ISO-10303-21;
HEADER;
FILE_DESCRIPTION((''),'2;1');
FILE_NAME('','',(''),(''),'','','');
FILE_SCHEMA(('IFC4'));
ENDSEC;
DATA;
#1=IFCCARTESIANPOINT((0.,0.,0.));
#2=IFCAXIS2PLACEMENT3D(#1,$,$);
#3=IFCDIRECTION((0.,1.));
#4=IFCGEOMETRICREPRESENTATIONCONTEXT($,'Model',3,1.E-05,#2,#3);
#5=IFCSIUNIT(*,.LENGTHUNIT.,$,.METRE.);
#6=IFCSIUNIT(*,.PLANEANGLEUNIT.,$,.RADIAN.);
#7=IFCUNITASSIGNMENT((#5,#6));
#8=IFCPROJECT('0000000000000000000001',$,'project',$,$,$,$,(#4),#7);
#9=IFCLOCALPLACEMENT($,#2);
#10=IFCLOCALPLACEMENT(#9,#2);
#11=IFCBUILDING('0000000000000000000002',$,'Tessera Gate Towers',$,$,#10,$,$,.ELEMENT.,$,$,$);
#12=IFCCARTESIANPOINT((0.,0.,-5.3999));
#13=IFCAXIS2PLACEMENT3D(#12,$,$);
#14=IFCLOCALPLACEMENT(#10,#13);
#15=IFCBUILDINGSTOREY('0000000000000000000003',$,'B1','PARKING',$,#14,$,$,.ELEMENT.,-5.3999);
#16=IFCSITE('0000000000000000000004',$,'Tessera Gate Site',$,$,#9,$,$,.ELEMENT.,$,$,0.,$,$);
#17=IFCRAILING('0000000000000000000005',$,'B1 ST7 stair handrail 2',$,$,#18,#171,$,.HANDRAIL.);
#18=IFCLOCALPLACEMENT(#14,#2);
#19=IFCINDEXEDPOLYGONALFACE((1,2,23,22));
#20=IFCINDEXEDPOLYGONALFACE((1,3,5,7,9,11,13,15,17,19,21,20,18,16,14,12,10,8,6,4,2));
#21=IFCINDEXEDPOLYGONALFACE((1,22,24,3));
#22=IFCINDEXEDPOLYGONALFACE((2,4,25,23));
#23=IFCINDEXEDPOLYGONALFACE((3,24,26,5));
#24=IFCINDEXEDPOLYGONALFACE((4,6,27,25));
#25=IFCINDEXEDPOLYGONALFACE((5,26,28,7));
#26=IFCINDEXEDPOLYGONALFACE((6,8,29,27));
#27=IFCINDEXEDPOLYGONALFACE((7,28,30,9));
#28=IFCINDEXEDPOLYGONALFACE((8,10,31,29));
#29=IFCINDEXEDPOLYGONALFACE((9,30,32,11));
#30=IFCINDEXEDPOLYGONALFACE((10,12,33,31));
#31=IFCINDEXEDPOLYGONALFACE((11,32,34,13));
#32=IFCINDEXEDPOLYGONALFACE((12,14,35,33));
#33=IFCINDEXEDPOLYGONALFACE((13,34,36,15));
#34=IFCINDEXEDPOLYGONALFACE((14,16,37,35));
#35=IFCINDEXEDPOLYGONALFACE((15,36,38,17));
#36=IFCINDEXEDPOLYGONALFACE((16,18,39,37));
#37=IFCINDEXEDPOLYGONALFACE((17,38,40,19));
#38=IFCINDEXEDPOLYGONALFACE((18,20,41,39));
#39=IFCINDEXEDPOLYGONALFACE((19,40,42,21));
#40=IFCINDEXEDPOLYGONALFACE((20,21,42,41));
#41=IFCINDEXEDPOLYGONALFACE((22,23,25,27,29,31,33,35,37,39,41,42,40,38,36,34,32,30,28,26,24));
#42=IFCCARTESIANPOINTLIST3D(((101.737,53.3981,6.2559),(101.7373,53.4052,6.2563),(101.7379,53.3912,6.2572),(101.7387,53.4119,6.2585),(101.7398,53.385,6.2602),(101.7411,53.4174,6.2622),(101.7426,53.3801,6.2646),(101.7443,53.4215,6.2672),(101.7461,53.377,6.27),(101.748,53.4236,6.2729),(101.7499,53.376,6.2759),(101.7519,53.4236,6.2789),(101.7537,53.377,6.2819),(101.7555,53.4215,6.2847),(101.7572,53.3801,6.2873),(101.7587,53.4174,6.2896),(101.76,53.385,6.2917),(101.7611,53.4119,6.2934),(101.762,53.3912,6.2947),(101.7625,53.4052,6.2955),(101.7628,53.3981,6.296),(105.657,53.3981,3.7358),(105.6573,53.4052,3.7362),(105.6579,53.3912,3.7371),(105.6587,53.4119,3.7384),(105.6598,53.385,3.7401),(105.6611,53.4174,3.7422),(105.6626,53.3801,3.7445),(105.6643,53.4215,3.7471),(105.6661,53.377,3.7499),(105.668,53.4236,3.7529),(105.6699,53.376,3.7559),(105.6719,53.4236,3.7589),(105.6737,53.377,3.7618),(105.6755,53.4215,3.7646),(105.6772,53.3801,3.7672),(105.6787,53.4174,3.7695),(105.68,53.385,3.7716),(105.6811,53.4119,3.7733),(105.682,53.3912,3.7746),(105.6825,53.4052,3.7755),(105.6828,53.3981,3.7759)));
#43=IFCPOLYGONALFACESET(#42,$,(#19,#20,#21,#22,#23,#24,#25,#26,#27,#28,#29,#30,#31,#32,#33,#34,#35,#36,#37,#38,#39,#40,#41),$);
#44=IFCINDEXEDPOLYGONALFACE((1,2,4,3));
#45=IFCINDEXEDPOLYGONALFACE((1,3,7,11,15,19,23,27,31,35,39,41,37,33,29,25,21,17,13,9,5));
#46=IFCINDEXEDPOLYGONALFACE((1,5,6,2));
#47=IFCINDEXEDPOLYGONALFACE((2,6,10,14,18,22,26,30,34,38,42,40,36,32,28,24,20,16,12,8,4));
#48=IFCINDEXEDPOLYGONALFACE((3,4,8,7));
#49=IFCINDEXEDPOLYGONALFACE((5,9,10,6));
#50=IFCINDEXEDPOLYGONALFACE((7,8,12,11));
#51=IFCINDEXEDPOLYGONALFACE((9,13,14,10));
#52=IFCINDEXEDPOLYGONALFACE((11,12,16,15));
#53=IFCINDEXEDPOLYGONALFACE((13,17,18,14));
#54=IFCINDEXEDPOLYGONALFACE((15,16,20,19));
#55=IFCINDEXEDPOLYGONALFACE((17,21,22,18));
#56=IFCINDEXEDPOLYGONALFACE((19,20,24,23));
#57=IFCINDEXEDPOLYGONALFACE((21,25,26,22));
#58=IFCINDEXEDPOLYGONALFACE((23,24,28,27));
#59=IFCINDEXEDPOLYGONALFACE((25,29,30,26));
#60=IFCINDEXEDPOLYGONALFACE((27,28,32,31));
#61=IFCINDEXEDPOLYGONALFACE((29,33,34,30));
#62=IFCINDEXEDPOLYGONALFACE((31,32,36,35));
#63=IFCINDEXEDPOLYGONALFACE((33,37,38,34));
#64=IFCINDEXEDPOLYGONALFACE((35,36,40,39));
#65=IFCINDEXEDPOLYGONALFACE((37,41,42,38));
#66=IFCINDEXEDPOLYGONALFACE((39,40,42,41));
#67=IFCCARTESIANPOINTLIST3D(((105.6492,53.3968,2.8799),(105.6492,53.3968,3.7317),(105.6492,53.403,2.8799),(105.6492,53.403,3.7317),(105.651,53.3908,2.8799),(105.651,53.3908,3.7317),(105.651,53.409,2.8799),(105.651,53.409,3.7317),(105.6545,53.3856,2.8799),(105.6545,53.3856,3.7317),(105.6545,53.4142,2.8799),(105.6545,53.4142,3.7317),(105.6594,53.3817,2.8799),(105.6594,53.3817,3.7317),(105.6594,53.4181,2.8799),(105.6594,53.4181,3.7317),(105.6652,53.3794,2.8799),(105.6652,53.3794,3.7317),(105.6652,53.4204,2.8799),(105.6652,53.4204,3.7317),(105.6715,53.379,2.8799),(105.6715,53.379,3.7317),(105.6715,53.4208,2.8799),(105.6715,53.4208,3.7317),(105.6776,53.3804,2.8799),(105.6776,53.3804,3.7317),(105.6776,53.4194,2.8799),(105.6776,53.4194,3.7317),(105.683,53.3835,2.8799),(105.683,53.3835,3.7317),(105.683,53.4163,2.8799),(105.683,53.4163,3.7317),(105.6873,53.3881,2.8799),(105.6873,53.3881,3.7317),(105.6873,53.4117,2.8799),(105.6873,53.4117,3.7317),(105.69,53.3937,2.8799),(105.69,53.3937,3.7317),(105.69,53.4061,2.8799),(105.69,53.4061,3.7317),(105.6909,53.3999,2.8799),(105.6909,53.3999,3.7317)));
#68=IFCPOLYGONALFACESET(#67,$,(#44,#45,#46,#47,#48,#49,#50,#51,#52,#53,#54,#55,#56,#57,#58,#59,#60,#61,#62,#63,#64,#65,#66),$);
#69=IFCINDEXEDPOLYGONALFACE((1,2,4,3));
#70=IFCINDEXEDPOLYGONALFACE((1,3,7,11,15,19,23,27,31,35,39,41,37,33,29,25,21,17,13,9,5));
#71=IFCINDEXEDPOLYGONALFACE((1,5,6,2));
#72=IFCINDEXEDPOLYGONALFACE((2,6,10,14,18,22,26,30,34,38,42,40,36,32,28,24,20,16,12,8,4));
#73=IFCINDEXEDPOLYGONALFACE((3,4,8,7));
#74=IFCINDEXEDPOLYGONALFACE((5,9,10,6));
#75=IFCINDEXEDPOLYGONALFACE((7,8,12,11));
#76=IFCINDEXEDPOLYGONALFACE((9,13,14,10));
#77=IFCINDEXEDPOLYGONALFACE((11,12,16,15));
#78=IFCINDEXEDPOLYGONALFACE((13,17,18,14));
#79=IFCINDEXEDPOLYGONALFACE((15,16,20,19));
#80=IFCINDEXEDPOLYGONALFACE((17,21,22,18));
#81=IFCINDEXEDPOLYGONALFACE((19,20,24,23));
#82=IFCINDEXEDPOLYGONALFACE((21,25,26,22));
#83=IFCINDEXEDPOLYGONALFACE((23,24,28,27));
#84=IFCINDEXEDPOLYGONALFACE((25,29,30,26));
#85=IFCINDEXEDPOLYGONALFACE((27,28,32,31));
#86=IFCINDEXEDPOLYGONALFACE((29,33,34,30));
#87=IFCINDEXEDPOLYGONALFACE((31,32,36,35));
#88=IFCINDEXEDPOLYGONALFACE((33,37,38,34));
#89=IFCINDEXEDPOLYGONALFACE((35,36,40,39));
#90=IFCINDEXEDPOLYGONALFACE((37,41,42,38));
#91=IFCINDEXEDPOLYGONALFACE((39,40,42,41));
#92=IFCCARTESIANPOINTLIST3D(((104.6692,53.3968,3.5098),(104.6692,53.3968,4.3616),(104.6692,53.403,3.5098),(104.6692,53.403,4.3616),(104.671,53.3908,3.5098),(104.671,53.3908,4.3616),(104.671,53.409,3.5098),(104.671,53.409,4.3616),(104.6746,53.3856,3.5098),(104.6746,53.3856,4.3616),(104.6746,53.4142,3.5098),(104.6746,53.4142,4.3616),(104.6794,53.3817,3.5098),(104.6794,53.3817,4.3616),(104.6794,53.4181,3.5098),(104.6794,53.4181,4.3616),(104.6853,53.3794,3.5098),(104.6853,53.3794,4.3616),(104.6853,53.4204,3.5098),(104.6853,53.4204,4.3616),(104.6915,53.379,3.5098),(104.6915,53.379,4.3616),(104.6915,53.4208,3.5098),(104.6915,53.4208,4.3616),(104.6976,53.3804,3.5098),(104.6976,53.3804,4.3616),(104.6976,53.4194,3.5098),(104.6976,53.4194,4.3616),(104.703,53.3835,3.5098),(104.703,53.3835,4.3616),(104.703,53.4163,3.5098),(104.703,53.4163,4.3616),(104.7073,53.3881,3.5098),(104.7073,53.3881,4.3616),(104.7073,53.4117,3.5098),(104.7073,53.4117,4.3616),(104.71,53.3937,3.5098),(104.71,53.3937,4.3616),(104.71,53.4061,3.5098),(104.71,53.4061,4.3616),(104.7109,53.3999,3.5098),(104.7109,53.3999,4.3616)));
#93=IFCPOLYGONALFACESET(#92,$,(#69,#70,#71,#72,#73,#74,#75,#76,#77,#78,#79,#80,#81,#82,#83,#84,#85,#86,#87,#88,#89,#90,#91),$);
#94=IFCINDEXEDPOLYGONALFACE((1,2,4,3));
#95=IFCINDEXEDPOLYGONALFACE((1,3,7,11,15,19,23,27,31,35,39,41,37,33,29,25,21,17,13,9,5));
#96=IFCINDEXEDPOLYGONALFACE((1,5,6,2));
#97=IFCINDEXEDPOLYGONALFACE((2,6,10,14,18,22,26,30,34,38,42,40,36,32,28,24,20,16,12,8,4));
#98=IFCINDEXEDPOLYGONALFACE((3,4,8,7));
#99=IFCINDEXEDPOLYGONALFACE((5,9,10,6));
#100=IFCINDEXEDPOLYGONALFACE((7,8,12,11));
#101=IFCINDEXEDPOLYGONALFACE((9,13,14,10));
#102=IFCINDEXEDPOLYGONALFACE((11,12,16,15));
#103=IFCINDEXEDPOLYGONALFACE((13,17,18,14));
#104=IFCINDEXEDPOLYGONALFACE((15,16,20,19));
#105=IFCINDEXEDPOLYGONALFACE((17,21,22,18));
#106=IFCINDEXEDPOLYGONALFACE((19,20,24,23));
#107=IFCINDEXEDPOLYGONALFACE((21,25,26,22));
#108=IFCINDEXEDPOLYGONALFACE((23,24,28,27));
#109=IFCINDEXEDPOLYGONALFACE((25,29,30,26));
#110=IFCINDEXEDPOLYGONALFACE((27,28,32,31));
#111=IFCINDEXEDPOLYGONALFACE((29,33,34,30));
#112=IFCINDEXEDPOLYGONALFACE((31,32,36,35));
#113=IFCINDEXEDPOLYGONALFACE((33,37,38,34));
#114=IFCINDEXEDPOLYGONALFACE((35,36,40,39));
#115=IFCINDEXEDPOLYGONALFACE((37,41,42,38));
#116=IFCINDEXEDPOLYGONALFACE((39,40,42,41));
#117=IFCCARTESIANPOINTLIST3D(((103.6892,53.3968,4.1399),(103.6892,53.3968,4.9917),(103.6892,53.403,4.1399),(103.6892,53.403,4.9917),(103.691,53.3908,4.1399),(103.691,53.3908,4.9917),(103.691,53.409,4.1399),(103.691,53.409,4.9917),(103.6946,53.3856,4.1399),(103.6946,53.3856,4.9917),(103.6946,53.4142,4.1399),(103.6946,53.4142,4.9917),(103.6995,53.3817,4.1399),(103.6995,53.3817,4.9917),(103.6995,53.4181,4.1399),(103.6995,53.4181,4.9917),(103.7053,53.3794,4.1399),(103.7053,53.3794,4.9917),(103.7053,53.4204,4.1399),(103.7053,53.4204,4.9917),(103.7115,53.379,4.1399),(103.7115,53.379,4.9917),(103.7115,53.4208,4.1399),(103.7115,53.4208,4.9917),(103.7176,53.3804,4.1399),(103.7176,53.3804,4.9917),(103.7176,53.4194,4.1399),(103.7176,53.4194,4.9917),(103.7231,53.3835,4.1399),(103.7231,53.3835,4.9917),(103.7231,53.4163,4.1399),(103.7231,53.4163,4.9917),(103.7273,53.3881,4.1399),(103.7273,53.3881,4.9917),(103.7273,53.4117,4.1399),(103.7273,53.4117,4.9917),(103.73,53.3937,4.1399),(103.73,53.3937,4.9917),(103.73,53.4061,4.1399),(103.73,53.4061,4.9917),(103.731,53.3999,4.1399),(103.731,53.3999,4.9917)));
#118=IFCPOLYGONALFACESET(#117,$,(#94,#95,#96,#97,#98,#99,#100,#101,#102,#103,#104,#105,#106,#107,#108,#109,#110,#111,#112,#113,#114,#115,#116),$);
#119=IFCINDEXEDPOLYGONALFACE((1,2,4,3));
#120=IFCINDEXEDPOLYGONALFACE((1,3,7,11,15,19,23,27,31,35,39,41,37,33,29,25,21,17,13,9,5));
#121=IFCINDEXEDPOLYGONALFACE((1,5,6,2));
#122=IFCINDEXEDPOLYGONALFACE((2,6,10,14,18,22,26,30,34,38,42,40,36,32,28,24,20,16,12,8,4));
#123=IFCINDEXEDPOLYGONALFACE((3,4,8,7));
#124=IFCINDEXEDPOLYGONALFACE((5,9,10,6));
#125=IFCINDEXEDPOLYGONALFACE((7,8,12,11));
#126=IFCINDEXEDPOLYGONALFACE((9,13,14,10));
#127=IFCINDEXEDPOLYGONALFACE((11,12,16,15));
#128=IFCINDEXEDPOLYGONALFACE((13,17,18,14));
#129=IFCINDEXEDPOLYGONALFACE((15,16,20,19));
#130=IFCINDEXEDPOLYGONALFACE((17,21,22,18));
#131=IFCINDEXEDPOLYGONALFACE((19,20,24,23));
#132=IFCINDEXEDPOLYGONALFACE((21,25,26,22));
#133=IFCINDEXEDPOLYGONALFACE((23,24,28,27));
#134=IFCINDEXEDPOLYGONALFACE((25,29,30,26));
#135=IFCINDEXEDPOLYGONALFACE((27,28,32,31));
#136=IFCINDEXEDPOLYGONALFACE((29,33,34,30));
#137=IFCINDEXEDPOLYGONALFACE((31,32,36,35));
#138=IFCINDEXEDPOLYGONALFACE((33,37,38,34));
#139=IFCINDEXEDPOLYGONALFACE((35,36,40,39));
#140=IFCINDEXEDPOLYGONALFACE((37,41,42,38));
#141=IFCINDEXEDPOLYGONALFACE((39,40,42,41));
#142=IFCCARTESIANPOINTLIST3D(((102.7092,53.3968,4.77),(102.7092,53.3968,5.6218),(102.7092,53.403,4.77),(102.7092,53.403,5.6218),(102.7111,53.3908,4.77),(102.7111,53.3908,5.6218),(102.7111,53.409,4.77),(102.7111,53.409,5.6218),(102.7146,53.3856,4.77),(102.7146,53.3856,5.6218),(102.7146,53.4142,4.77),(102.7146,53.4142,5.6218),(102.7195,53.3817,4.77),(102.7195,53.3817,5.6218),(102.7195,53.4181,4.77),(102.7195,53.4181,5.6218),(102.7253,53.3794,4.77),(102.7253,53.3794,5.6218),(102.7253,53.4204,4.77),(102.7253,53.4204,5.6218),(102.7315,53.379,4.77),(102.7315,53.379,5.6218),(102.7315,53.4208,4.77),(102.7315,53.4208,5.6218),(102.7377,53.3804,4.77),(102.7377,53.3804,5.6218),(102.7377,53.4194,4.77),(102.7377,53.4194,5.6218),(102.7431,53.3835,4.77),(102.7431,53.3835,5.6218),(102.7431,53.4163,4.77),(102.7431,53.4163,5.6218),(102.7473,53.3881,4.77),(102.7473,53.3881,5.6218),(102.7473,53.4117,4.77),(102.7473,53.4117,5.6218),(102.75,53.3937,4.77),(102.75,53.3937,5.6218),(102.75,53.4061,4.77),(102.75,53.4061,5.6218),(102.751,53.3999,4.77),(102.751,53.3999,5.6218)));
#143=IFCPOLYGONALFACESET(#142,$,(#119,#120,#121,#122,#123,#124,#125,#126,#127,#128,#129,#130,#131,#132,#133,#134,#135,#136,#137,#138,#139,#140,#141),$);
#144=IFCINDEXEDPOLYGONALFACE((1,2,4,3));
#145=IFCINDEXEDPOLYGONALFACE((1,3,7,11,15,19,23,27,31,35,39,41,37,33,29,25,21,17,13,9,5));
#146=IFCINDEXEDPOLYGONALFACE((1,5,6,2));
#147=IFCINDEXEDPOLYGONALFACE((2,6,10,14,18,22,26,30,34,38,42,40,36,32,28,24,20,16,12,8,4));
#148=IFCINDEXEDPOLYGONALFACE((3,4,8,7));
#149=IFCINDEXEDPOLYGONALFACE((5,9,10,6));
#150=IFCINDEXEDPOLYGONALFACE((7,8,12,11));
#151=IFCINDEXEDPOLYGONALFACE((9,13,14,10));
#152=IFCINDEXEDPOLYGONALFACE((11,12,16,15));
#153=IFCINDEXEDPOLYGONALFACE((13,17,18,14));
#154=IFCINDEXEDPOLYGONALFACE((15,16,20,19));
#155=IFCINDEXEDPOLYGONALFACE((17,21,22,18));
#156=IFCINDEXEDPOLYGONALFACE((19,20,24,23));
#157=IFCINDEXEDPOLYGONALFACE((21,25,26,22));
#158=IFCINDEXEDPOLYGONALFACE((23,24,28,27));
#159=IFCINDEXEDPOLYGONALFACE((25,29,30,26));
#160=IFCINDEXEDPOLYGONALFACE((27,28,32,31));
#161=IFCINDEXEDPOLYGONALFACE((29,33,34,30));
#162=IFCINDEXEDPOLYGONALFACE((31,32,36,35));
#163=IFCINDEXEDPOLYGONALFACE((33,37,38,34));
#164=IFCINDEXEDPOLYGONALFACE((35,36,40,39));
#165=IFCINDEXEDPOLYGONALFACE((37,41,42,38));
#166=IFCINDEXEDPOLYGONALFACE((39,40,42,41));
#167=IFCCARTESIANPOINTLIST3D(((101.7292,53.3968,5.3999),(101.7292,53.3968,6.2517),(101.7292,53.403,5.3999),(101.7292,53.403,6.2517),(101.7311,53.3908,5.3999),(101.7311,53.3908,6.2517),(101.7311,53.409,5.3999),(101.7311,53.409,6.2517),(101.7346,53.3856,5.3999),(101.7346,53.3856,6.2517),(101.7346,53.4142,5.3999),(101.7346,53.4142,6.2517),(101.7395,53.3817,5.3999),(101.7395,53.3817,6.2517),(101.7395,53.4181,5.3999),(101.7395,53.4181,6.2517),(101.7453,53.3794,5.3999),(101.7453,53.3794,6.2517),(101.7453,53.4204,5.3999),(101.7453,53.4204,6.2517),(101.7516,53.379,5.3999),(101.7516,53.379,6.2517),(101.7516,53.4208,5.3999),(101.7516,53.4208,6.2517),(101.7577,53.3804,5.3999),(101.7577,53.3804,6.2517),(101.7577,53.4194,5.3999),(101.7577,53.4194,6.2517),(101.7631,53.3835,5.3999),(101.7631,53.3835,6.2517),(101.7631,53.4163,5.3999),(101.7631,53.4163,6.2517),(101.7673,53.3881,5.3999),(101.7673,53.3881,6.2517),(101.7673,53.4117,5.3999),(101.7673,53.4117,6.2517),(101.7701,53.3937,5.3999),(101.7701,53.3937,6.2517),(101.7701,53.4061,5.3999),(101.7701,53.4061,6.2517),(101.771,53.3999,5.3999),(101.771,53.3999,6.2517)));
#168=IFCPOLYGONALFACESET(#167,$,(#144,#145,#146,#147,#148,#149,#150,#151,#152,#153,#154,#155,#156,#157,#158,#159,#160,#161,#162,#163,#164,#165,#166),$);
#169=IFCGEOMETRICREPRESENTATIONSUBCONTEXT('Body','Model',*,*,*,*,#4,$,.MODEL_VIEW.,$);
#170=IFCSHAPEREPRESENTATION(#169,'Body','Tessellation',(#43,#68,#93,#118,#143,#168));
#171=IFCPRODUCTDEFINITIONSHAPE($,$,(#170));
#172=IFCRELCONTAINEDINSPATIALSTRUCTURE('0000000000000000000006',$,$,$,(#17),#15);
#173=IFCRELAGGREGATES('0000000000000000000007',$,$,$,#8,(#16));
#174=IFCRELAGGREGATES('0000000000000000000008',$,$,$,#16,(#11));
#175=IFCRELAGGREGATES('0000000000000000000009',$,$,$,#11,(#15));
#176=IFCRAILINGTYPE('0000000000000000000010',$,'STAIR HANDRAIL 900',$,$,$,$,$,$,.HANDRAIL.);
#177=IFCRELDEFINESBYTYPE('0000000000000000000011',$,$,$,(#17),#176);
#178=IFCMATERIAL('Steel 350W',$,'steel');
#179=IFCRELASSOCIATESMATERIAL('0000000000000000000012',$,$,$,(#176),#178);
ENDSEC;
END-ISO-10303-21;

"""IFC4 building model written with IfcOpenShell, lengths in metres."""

from ifc_helpers import new_model, si_unit, direction, frame, origin, origin_2d, place, context, subcontext, project, spatial, circle, extrude, material, type_object, element, save


model = new_model("IFC4")

# Units and contexts
model_context = context("Model", 3, precision=1e-05, world=origin(), true_north=direction((0.0, 1.0)))
body_context = subcontext(model_context, "Body", "Model", "MODEL_VIEW")
ifc_project = project(units=[si_unit("LENGTHUNIT", "METRE"), si_unit("PLANEANGLEUNIT", "RADIAN")], contexts=[model_context])

# Site, building, storey
site_placement = place(None, origin())
site = spatial("IfcSite", under=ifc_project, at=site_placement, Name="Tessera Gate Site", CompositionType="ELEMENT", RefElevation=0.0)
building_placement = place(site_placement, origin())
building = spatial("IfcBuilding", under=site, at=building_placement, Name="Tessera Gate Towers", CompositionType="ELEMENT")
storey_placement = place(building_placement, frame((0.0, 0.0, -5.3999)))
storey = spatial("IfcBuildingStorey", under=building, at=storey_placement, Name="B1", Description="PARKING", CompositionType="ELEMENT", Elevation=-5.3999)

# Railing
ifc_material_1 = material(Name="Steel 350W", Category="steel")
railing_type_1 = type_object("IfcRailingType", Name="STAIR HANDRAIL 900", PredefinedType="HANDRAIL", material=ifc_material_1)
railing_1_placement = place(storey_placement, frame((105.6699, 53.3999, 2.8799)))
element("IfcRailing", 1, at=railing_1_placement, inside=storey, type_object=railing_type_1, Name="B1 ST7 stair handrail 2", PredefinedType="HANDRAIL", context=body_context, shape_type="SweptSolid", body=[
    extrude(circle(Radius=0.0239, at=origin_2d()), frame((0.0, 0.0, 0.876), z_axis=(-0.841172, 0.0, 0.540768), x_axis=(0.0, -1.0, 0.0)), (0.0, 0.0, 1.0), 4.6602),
    extrude(circle(Radius=0.021, at=origin_2d()), origin(), (0.0, 0.0, 1.0), 0.8518),
    extrude(circle(Radius=0.021, at=origin_2d()), frame((-0.98, 0.0, 0.6299)), (0.0, 0.0, 1.0), 0.8518),
    extrude(circle(Radius=0.021, at=origin_2d()), frame((-1.96, 0.0, 1.26)), (0.0, 0.0, 1.0), 0.8518),
    extrude(circle(Radius=0.021, at=origin_2d()), frame((-2.9399, 0.0, 1.8901)), (0.0, 0.0, 1.0), 0.8518),
    extrude(circle(Radius=0.021, at=origin_2d()), frame((-3.9199, 0.0, 2.52)), (0.0, 0.0, 1.0), 0.8518),
])

save(model, "model.ifc")
